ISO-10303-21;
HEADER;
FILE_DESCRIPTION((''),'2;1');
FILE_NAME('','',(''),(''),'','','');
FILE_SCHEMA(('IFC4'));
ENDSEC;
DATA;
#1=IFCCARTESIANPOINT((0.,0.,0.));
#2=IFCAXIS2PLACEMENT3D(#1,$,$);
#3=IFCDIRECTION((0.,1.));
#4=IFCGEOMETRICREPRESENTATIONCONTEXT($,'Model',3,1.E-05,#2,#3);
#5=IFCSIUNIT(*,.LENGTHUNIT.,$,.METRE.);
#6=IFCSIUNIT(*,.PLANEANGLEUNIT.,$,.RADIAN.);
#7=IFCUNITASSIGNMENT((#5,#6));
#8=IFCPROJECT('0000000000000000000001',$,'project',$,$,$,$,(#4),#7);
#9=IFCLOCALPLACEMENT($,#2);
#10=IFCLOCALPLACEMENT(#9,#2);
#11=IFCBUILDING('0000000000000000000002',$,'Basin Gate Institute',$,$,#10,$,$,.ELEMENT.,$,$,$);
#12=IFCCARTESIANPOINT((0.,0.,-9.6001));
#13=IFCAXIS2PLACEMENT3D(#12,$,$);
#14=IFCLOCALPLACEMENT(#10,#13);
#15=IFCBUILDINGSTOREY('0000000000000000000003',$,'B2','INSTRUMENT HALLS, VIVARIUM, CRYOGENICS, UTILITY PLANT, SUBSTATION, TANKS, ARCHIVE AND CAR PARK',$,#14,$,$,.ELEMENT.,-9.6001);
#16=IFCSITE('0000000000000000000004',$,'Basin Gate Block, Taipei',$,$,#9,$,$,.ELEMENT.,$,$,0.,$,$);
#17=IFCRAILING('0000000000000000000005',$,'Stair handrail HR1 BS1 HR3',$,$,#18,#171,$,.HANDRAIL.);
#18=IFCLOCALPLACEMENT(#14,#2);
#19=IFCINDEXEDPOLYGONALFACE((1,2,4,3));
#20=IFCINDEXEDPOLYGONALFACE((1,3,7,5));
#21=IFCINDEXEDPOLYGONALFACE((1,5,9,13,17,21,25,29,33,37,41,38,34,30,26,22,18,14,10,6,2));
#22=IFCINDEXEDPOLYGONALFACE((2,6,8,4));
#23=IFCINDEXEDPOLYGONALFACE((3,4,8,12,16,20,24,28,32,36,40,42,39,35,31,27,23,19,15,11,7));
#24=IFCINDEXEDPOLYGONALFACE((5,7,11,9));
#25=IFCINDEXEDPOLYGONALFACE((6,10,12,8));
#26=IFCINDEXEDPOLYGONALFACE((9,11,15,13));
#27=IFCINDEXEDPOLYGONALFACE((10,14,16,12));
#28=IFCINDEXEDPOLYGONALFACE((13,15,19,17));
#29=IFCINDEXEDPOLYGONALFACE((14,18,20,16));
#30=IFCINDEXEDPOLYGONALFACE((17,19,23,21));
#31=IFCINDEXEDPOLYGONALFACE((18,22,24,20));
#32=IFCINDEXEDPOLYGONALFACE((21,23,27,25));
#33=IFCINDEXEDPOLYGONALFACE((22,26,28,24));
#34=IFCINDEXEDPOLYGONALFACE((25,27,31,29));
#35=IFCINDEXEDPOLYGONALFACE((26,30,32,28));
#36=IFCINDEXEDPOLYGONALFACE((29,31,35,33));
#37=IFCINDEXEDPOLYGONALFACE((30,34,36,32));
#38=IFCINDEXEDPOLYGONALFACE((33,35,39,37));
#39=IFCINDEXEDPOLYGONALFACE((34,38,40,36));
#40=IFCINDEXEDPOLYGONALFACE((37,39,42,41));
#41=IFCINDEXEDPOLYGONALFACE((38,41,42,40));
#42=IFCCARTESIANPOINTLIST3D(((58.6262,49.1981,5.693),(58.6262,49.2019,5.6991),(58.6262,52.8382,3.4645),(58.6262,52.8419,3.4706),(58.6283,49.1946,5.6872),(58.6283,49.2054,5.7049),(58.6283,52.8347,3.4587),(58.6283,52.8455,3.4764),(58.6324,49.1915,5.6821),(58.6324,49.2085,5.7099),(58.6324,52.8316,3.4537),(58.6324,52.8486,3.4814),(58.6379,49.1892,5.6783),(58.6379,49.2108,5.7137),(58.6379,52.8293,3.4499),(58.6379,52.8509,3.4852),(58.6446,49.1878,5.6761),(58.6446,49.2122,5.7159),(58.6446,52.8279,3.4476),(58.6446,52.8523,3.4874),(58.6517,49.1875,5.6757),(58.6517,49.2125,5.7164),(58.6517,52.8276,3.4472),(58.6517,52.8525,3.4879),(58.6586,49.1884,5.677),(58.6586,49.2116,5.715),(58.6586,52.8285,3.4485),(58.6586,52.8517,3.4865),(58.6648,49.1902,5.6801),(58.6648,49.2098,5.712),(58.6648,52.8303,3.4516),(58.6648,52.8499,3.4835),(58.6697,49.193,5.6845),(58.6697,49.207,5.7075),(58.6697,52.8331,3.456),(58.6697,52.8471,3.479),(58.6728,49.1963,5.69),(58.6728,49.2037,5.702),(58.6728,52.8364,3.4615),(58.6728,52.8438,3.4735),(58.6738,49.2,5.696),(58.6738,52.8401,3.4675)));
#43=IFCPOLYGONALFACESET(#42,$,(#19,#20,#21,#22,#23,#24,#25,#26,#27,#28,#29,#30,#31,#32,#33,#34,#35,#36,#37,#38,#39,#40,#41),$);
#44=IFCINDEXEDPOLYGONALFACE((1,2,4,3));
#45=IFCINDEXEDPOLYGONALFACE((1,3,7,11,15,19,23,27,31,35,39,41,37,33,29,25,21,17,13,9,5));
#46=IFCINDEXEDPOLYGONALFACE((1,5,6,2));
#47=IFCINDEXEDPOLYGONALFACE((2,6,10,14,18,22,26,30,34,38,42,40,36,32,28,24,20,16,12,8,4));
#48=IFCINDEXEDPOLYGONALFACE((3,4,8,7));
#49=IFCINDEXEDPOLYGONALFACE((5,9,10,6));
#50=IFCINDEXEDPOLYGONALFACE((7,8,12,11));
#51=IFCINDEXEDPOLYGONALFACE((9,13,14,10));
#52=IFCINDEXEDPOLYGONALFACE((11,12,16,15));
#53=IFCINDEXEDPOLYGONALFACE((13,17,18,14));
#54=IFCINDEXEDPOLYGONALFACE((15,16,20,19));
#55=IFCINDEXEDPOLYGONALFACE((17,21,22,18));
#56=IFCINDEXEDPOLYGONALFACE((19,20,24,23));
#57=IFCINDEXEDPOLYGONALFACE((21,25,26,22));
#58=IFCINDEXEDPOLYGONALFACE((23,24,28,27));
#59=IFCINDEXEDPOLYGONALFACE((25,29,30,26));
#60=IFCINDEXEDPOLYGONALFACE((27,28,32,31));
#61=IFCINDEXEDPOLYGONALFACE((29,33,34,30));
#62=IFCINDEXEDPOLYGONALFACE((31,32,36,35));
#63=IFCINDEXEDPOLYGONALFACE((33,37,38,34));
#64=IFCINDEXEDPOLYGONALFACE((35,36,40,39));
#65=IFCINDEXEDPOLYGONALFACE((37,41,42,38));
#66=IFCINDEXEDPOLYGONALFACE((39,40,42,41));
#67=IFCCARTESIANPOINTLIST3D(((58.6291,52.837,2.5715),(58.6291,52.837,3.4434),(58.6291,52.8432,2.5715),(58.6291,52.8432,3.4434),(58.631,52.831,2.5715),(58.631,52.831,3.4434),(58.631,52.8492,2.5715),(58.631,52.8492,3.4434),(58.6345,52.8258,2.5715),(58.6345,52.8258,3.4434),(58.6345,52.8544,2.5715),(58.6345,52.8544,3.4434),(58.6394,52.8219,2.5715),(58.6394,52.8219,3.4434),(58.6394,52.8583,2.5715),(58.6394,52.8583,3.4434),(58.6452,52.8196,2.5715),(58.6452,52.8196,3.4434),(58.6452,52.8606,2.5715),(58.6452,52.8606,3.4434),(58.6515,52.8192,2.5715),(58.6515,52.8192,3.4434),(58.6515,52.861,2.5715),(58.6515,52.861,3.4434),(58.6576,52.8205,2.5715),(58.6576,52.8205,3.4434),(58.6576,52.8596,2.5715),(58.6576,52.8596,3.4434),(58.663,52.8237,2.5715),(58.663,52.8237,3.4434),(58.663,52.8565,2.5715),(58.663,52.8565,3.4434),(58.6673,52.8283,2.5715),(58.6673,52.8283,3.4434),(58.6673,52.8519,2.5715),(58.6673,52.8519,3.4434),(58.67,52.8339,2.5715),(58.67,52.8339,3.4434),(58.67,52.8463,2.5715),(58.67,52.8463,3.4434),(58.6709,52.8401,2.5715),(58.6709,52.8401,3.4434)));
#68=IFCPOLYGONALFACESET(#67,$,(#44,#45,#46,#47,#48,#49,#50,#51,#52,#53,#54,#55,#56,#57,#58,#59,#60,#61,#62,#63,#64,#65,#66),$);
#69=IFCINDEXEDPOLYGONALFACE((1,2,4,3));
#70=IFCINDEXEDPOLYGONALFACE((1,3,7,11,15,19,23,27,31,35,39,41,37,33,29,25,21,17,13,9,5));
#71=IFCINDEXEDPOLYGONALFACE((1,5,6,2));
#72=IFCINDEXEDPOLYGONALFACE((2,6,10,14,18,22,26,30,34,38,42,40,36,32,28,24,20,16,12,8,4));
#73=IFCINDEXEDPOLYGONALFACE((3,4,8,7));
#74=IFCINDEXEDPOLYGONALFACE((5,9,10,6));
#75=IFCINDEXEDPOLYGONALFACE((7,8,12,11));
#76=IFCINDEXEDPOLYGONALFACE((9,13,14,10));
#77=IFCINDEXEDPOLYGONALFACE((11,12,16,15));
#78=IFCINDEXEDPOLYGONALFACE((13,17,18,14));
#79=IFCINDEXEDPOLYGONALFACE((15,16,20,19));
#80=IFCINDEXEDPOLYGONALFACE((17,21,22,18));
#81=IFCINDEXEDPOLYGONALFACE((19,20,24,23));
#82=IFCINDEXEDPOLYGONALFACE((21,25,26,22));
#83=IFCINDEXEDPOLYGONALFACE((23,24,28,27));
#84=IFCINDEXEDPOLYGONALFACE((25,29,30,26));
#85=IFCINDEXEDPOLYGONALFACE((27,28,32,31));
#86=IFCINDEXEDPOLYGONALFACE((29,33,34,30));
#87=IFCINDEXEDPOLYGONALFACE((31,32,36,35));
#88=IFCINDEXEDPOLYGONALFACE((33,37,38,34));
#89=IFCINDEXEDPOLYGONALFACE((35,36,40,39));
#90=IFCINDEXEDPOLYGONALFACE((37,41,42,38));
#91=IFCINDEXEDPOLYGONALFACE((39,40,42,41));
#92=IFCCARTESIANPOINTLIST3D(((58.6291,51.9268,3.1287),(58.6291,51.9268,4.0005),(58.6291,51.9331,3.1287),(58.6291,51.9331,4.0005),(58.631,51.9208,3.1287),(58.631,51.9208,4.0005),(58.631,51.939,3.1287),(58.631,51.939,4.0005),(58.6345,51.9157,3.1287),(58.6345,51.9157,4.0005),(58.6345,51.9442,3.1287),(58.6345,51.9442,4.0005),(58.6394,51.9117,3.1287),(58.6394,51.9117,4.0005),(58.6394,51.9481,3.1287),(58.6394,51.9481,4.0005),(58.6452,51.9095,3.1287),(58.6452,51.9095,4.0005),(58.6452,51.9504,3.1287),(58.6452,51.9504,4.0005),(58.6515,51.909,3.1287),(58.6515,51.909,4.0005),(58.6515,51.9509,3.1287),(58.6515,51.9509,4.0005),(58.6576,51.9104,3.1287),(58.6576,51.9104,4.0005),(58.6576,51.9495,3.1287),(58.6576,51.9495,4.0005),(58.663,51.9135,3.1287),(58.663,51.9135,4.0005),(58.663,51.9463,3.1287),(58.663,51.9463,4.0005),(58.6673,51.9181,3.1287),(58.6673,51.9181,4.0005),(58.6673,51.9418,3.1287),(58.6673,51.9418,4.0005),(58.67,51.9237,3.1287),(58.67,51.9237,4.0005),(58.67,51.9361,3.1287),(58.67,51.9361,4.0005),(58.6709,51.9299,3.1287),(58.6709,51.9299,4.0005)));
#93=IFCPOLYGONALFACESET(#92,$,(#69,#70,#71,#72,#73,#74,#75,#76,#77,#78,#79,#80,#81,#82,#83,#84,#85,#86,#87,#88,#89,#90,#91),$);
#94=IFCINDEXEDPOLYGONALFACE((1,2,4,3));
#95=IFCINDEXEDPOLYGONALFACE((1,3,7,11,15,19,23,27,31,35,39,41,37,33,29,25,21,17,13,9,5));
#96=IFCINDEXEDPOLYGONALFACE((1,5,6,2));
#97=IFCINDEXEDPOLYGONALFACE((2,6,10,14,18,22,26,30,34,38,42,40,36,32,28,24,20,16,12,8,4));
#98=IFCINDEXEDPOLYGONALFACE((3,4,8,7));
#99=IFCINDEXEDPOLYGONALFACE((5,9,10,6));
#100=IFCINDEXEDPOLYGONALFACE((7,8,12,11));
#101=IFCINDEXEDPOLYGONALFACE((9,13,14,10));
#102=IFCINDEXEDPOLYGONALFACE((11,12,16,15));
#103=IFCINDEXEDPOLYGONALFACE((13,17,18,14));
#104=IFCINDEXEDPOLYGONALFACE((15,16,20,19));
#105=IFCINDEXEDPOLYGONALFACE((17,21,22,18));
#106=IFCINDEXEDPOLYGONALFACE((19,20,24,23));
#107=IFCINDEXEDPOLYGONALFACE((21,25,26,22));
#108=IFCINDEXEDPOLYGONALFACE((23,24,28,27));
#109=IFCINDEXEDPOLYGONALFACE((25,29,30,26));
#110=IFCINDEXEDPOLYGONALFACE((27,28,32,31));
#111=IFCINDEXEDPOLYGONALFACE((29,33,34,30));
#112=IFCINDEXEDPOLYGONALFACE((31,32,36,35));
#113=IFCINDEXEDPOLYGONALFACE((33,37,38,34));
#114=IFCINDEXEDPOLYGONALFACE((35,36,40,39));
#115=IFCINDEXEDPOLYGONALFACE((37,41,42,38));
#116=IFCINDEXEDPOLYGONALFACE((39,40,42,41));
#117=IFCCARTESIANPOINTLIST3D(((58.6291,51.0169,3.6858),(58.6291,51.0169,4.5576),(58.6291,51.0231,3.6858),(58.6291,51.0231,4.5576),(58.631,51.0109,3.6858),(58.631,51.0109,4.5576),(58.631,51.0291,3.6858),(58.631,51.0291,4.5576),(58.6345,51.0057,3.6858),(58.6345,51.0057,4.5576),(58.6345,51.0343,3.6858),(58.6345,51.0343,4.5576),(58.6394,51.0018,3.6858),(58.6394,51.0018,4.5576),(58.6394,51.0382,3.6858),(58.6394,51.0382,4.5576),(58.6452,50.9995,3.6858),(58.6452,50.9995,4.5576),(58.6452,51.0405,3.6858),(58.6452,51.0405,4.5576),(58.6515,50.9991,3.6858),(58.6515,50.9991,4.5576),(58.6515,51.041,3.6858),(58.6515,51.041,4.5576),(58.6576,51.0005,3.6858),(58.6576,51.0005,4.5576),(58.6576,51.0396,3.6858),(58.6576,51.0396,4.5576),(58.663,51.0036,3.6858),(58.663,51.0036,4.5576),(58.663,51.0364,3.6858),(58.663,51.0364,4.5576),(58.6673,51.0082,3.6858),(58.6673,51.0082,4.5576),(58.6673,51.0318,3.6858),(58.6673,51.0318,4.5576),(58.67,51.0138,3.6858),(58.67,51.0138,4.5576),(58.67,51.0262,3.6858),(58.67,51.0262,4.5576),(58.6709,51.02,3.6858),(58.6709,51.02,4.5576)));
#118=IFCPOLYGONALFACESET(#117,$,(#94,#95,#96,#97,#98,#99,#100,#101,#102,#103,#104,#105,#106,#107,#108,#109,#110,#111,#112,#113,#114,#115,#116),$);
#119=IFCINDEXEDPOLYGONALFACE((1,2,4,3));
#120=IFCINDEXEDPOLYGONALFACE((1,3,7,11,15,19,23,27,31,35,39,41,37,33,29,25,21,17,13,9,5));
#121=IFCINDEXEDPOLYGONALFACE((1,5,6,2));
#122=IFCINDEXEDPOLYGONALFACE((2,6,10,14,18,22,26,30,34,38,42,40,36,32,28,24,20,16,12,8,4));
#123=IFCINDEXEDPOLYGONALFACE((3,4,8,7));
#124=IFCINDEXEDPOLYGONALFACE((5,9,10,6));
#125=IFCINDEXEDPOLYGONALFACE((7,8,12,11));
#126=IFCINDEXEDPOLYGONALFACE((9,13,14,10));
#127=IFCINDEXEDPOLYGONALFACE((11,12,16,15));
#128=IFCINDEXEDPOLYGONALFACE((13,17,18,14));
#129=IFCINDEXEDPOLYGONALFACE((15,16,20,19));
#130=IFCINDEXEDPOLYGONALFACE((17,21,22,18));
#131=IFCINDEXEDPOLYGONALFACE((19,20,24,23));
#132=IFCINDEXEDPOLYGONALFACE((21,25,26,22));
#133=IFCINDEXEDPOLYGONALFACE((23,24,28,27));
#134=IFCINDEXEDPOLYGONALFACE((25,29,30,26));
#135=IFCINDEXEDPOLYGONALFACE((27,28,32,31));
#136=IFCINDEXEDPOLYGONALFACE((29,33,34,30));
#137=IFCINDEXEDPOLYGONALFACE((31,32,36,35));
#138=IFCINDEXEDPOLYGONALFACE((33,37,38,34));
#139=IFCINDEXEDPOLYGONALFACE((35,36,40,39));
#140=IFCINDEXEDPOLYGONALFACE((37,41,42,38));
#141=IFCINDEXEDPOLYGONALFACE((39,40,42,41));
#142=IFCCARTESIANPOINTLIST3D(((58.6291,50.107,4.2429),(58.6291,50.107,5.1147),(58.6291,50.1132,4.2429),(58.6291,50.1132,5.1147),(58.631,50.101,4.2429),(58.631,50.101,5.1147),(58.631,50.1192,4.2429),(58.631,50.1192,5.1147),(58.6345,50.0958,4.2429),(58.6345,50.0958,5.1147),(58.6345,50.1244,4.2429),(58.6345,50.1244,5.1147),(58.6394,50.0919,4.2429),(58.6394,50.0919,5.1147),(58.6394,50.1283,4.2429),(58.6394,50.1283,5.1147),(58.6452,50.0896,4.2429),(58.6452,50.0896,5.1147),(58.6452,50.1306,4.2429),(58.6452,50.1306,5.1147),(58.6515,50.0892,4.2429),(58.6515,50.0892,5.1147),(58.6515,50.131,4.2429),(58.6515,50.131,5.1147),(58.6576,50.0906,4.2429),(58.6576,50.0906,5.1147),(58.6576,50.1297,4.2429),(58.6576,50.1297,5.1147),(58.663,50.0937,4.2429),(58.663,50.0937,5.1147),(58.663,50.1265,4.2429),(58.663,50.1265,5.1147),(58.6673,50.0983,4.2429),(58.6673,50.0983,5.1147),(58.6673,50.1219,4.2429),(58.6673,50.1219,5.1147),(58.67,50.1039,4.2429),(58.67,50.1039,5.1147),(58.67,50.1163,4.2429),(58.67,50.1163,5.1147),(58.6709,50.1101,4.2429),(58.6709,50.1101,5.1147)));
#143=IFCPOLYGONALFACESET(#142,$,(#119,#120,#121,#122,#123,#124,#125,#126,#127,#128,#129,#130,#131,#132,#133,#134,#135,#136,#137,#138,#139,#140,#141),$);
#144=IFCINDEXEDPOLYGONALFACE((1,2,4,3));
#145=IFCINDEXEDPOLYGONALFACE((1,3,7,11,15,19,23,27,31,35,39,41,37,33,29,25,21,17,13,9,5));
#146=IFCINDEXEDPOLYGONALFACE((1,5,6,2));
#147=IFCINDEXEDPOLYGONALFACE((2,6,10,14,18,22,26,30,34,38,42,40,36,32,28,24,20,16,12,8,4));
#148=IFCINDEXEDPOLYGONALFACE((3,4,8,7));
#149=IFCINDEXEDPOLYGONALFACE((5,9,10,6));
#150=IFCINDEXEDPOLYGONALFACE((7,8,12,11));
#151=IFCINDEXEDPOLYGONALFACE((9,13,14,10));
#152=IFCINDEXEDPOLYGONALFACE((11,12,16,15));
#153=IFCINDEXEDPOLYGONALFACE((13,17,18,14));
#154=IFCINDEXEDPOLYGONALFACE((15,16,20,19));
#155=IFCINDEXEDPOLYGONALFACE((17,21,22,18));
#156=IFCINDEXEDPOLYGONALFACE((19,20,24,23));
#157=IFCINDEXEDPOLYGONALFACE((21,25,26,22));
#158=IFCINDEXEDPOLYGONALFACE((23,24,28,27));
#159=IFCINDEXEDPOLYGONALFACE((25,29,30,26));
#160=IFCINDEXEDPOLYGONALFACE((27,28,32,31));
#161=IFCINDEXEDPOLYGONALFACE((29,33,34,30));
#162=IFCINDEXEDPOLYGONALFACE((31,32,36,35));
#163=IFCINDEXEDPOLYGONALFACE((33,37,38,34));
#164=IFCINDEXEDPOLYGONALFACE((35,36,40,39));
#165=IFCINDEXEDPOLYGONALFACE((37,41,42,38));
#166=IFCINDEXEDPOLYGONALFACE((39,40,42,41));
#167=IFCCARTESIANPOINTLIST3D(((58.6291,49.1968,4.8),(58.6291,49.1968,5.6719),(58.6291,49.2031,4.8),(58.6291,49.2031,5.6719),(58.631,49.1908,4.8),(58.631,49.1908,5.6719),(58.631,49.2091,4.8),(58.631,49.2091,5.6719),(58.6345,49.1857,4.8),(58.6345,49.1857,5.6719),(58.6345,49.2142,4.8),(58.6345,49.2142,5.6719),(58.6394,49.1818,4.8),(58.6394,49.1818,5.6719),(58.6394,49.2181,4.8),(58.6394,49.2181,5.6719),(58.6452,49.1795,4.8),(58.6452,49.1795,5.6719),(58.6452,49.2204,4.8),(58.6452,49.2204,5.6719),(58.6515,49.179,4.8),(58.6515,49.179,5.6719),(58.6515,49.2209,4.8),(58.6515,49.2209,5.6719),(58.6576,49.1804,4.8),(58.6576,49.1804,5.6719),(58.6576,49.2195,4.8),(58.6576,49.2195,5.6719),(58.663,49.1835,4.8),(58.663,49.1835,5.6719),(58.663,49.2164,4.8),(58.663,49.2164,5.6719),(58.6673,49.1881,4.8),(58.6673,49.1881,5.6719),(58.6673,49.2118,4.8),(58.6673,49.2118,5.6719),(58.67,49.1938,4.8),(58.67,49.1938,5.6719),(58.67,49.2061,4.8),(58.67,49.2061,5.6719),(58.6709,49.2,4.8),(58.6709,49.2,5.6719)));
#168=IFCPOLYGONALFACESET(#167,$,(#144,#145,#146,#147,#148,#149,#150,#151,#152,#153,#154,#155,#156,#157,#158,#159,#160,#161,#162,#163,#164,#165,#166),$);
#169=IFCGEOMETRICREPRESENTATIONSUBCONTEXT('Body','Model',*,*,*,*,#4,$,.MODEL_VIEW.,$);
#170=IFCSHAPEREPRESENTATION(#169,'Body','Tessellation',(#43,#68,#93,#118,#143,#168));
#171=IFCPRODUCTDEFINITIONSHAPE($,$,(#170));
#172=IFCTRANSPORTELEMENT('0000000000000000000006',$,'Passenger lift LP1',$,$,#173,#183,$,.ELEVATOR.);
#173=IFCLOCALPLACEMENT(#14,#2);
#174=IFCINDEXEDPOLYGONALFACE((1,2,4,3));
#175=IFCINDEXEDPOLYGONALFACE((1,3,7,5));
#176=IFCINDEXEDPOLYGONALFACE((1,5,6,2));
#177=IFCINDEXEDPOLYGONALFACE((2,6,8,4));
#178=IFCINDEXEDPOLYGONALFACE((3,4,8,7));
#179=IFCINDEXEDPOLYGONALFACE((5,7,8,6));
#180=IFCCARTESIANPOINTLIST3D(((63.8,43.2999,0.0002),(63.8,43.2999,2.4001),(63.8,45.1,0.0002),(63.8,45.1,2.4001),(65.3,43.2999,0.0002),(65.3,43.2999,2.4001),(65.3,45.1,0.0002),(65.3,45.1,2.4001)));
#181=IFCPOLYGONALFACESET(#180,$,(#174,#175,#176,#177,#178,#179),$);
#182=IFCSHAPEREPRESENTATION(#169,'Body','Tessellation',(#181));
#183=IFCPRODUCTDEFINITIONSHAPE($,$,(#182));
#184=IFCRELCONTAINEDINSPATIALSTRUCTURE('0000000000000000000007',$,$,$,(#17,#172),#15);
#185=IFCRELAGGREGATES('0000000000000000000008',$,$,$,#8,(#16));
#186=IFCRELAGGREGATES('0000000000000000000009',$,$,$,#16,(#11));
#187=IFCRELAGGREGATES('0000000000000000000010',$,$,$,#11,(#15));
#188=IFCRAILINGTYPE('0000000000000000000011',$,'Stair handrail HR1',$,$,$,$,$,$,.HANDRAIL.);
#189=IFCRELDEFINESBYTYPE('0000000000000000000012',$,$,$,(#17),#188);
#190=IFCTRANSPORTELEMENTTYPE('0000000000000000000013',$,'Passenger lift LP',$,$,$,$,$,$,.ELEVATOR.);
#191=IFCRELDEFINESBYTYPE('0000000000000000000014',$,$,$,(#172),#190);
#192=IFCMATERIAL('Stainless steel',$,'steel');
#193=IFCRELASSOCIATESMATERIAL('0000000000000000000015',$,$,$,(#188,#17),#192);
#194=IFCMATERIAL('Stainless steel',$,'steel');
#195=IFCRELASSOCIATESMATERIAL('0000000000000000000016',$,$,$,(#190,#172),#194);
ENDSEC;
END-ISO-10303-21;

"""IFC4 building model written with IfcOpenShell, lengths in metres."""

from ifc_helpers import new_model, si_unit, direction, frame, origin, origin_2d, place, context, subcontext, project, spatial, rectangle, circle, extrude, material, type_object, element, save


model = new_model("IFC4")

# Units and contexts
model_context = context("Model", 3, precision=1e-05, world=origin(), true_north=direction((0.0, 1.0)))
body_context = subcontext(model_context, "Body", "Model", "MODEL_VIEW")
ifc_project = project(units=[si_unit("LENGTHUNIT", "METRE"), si_unit("PLANEANGLEUNIT", "RADIAN")], contexts=[model_context])

# Site, building, storey
site_placement = place(None, origin())
site = spatial("IfcSite", under=ifc_project, at=site_placement, Name="Basin Gate Block, Taipei", CompositionType="ELEMENT", RefElevation=0.0)
building_placement = place(site_placement, origin())
building = spatial("IfcBuilding", under=site, at=building_placement, Name="Basin Gate Institute", CompositionType="ELEMENT")
storey_placement = place(building_placement, frame((0.0, 0.0, -9.6001)))
storey = spatial("IfcBuildingStorey", under=building, at=storey_placement, Name="B2", Description="INSTRUMENT HALLS, VIVARIUM, CRYOGENICS, UTILITY PLANT, SUBSTATION, TANKS, ARCHIVE AND CAR PARK", CompositionType="ELEMENT", Elevation=-9.6001)

# Railing
ifc_material_1 = material(Name="Stainless steel", Category="steel")
railing_type_1 = type_object("IfcRailingType", Name="Stair handrail HR1", PredefinedType="HANDRAIL", material=ifc_material_1)
railing_1_placement = place(storey_placement, frame((58.6499, 52.8401, 2.5715)))
element("IfcRailing", 1, at=railing_1_placement, inside=storey, type_object=railing_type_1, material=ifc_material_1, Name="Stair handrail HR1 BS1 HR3", PredefinedType="HANDRAIL", context=body_context, shape_type="SweptSolid", body=[
    extrude(circle(Radius=0.0239, at=origin_2d()), frame((0.0, 0.0, 0.896), z_axis=(0.0, -0.852866, 0.52213), x_axis=(1.0, 0.0, 0.0)), (0.0, 0.0, 1.0), 4.2681),
    extrude(circle(Radius=0.021, at=origin_2d()), origin(), (0.0, 0.0, 1.0), 0.8718),
    extrude(circle(Radius=0.021, at=origin_2d()), frame((0.0, -0.9102, 0.5571)), (0.0, 0.0, 1.0), 0.8718),
    extrude(circle(Radius=0.021, at=origin_2d()), frame((0.0, -1.8201, 1.1143)), (0.0, 0.0, 1.0), 0.8718),
    extrude(circle(Radius=0.021, at=origin_2d()), frame((0.0, -2.73, 1.6714)), (0.0, 0.0, 1.0), 0.8718),
    extrude(circle(Radius=0.021, at=origin_2d()), frame((0.0, -3.6401, 2.2285)), (0.0, 0.0, 1.0), 0.8718),
])

# Transport element
ifc_material_2 = material(Name="Stainless steel", Category="steel")
transport_element_type = type_object("IfcTransportElementType", Name="Passenger lift LP", PredefinedType="ELEVATOR", material=ifc_material_2)
transport_element_placement = place(storey_placement, frame((64.55, 44.2, 0.0002), z_axis=(0.0, 0.0, 1.0), x_axis=(1.0, 0.0, 0.0)))
element("IfcTransportElement", 2, at=transport_element_placement, inside=storey, type_object=transport_element_type, material=ifc_material_2, Name="Passenger lift LP1", PredefinedType="ELEVATOR", context=body_context, shape_type="SweptSolid", body=[
    extrude(rectangle(XDim=1.5, YDim=1.8, at=origin_2d()), origin(), (0.0, 0.0, 1.0), 2.3999),
])

save(model, "model.ifc")
